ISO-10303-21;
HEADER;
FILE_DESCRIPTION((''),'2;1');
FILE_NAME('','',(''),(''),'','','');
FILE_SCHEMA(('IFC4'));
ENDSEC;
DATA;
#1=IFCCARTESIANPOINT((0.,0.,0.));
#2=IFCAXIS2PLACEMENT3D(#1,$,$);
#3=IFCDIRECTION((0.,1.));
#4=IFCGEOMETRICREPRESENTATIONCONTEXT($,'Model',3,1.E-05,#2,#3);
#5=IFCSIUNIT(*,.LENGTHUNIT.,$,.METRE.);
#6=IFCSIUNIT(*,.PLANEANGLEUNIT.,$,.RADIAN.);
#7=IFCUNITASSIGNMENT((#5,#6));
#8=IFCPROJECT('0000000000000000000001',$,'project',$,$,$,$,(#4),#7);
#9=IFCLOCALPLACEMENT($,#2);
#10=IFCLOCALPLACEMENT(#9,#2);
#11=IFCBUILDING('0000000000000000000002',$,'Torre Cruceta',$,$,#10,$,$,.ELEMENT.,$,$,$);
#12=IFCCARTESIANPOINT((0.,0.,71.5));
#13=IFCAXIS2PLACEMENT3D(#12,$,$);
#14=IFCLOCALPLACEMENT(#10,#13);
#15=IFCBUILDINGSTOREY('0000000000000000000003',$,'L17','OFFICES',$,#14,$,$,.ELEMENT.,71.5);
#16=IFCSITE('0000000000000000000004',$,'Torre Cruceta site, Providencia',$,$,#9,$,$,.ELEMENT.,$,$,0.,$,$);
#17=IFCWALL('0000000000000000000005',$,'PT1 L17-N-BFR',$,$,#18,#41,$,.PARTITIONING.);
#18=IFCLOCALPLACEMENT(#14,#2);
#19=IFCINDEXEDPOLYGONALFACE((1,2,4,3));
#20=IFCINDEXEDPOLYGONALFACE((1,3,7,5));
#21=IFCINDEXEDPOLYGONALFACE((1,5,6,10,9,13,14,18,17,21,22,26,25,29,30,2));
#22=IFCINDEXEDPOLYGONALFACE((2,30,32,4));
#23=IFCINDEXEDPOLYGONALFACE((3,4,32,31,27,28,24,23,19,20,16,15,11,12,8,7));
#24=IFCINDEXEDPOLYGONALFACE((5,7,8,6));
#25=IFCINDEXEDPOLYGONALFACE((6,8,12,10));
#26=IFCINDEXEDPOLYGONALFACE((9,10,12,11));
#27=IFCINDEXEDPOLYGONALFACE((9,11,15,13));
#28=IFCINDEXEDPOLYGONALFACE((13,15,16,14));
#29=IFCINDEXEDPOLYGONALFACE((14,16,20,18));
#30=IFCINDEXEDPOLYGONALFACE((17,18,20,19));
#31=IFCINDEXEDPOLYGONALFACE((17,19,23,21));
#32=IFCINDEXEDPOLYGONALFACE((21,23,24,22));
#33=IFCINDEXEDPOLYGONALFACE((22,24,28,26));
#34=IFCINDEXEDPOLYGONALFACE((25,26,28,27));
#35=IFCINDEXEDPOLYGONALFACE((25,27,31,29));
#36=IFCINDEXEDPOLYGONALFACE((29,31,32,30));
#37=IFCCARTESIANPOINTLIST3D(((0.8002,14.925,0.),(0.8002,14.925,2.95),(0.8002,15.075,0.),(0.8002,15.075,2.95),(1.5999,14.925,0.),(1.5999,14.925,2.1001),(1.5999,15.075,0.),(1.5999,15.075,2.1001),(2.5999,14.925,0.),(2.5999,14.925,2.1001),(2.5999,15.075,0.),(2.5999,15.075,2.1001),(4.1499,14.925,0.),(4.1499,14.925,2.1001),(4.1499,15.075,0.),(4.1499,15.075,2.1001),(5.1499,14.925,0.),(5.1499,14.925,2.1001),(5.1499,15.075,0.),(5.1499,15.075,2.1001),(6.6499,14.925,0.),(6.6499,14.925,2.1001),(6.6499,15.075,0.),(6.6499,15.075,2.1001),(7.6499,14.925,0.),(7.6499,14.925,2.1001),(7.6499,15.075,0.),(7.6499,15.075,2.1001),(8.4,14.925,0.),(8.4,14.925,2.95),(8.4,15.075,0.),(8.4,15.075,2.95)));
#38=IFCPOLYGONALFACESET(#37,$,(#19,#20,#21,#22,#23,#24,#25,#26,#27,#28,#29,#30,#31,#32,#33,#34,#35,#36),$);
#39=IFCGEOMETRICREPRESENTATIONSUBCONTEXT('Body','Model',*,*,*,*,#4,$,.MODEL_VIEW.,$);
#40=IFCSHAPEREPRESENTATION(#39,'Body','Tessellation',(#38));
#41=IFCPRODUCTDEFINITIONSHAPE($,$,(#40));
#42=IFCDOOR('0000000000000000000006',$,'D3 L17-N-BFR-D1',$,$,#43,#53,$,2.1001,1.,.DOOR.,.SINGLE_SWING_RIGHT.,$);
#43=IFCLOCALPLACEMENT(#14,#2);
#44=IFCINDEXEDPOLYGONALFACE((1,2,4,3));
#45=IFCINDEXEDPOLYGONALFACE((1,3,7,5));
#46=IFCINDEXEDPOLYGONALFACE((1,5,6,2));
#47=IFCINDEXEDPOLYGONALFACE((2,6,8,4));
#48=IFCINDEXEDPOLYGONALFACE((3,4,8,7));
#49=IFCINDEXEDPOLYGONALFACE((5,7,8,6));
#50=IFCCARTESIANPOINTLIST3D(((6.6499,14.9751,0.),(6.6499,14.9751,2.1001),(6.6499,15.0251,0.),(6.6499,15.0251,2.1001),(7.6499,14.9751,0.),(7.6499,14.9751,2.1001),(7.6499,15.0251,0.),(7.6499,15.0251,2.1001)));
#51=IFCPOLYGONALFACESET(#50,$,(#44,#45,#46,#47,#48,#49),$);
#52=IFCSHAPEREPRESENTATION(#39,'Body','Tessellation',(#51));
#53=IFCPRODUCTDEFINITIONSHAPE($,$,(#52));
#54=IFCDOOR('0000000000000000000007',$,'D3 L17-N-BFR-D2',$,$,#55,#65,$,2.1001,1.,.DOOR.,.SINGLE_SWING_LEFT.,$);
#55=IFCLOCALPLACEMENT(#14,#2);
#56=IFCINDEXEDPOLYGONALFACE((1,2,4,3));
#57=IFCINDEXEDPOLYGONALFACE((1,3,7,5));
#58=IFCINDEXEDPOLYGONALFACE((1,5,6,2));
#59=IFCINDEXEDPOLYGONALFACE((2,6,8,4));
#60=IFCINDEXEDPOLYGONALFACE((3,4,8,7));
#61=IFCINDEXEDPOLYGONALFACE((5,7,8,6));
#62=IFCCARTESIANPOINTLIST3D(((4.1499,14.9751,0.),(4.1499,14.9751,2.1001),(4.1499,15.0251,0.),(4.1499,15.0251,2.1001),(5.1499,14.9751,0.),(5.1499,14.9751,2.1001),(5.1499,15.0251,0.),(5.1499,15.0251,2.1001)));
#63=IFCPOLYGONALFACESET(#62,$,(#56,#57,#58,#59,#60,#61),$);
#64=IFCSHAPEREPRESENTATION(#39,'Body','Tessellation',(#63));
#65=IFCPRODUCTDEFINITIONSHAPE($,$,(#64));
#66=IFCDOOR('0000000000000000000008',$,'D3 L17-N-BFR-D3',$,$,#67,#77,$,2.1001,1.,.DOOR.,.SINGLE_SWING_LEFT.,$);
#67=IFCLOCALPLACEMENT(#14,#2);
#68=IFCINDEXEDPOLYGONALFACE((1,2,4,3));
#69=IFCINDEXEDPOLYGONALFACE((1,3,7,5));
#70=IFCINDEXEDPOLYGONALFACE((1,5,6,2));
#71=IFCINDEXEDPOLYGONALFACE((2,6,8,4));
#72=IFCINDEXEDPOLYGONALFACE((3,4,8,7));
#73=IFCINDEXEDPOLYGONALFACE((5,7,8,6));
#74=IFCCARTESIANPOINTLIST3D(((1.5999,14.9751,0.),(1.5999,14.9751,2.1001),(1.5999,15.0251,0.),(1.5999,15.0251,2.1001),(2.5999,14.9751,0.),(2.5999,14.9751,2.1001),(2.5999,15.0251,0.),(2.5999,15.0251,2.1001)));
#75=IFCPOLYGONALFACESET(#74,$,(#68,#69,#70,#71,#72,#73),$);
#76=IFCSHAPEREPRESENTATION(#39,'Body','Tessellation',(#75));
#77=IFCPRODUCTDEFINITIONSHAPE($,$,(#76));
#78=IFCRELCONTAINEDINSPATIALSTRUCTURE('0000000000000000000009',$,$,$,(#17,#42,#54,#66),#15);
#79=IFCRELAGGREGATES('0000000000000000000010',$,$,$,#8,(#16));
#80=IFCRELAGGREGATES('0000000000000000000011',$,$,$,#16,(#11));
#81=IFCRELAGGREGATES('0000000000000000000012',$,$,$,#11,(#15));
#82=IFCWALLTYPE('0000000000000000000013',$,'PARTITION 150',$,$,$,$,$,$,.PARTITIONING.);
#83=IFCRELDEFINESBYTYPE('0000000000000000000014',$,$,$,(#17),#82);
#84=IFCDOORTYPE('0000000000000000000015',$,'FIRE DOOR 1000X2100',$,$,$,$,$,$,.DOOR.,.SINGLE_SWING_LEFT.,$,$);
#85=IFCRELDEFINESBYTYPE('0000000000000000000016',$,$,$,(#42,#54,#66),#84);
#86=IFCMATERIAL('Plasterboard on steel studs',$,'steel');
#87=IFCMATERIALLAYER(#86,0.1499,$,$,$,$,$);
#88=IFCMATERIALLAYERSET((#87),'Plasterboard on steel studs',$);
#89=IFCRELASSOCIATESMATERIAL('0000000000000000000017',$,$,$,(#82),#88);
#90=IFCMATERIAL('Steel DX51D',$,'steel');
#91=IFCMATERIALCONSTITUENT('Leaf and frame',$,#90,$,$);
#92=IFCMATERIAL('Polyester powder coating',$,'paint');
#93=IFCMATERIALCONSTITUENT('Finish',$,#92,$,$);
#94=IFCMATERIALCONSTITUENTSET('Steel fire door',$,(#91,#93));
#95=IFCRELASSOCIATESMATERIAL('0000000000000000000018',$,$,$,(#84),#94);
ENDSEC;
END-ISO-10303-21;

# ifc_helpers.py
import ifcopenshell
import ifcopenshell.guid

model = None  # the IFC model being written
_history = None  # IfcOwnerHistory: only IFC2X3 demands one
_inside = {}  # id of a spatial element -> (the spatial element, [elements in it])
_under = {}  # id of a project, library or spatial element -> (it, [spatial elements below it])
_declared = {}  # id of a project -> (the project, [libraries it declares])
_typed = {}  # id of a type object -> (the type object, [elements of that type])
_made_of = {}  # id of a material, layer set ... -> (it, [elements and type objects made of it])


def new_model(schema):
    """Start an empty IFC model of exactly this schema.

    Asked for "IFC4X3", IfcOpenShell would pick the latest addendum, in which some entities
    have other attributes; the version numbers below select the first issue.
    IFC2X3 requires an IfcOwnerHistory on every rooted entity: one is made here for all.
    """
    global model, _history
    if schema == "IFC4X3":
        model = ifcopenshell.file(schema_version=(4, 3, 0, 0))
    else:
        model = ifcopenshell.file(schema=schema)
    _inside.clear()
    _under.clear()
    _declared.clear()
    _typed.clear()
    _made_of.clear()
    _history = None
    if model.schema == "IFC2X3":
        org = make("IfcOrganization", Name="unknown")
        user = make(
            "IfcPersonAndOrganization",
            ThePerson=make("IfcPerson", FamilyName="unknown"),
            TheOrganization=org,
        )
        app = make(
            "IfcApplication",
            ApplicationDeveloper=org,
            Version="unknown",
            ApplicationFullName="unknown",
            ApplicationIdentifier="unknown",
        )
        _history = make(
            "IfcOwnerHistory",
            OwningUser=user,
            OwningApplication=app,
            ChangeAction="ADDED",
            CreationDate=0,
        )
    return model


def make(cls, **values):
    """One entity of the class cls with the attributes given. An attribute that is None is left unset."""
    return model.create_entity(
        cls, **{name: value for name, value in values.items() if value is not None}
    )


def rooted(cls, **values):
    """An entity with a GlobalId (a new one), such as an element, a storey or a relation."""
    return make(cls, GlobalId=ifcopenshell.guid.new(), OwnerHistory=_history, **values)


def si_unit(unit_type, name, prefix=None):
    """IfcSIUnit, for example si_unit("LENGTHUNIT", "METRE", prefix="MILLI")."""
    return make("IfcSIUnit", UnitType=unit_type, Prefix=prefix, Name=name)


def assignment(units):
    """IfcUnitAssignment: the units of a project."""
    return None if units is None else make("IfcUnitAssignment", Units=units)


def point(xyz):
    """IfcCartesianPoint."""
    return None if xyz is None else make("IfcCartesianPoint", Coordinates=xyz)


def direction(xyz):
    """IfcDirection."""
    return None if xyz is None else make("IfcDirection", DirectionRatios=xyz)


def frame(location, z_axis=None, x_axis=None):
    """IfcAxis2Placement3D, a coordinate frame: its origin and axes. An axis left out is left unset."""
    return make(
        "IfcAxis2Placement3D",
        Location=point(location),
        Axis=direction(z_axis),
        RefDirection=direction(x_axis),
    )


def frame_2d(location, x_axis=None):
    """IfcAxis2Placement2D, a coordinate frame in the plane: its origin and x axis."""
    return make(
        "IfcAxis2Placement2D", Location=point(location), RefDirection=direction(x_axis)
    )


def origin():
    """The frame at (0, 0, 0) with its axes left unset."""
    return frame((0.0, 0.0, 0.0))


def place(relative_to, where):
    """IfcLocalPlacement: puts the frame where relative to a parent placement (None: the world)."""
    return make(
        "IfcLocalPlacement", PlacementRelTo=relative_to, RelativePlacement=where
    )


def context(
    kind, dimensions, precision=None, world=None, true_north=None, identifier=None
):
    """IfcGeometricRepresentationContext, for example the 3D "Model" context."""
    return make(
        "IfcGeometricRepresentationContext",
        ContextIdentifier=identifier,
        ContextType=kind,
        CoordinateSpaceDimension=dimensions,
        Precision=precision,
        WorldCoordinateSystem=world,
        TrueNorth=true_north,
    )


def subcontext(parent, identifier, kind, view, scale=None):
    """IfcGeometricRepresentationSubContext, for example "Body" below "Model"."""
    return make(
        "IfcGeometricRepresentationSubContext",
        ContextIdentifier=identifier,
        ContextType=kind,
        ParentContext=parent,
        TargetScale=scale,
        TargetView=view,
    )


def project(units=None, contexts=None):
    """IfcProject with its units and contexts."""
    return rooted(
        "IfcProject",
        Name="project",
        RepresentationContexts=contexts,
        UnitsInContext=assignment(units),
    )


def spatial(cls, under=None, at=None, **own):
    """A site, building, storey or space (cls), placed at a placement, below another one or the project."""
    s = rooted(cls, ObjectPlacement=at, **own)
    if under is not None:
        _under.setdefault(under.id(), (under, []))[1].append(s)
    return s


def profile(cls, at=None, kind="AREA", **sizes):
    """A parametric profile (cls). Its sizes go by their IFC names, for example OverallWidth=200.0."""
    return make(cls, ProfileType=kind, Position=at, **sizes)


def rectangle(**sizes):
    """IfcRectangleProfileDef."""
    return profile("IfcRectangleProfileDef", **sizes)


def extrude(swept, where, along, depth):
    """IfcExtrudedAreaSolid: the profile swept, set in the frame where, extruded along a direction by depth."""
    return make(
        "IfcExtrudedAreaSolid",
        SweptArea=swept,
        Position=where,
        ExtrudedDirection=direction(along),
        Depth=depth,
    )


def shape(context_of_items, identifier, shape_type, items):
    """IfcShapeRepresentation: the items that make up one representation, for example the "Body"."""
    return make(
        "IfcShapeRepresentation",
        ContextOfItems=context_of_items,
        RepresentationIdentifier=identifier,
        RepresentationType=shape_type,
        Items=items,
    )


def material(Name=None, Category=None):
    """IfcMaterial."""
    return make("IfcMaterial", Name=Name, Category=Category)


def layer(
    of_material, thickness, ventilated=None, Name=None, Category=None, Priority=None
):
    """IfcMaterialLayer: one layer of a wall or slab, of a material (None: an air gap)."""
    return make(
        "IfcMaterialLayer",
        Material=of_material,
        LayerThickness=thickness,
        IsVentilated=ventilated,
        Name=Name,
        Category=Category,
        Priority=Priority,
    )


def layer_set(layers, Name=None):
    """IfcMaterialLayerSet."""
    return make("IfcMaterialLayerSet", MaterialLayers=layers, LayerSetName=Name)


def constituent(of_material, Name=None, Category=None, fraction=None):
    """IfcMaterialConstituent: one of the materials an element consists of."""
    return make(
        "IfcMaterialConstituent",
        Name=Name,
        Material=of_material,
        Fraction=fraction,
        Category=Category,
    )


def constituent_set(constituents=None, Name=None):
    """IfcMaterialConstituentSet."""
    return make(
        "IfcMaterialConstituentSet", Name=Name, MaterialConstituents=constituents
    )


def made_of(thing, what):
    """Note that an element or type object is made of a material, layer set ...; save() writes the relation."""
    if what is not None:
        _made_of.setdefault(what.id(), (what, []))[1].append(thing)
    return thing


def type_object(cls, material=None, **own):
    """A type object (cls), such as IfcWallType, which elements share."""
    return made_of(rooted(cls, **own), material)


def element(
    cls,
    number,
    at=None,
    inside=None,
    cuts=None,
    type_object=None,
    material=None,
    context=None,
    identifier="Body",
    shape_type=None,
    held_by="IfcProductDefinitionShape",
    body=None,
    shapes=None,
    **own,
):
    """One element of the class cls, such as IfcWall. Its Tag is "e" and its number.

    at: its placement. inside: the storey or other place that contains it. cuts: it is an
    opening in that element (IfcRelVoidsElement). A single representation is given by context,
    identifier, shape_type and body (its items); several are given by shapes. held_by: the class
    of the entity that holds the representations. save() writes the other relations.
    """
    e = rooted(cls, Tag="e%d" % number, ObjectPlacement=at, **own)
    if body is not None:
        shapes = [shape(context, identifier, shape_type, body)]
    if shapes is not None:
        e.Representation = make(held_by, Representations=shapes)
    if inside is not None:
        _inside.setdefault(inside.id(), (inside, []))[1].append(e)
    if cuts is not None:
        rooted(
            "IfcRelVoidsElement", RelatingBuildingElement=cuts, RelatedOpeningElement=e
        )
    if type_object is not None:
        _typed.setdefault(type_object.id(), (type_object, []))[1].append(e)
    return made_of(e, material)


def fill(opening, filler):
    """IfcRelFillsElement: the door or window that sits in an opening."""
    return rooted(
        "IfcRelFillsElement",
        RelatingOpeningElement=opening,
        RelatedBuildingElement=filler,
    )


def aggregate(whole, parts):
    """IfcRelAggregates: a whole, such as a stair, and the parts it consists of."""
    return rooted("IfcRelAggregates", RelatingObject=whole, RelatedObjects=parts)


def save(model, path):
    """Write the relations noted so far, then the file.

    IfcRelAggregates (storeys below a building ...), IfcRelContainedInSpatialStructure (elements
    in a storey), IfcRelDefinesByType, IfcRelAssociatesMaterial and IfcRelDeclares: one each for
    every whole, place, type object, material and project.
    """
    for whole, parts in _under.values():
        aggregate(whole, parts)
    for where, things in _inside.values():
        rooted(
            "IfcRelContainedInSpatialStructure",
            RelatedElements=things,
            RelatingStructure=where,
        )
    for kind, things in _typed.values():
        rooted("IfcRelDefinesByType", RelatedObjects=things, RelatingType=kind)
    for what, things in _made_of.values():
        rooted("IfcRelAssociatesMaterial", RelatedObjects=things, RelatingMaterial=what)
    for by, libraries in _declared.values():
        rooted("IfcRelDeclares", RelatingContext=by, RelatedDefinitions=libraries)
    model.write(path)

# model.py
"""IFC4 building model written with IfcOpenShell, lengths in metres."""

from ifc_helpers import new_model, si_unit, direction, frame, frame_2d, origin, place, context, subcontext, project, spatial, rectangle, extrude, material, layer, layer_set, constituent, constituent_set, type_object, element, fill, save


model = new_model("IFC4")

# Units and contexts
model_context = context("Model", 3, precision=1e-05, world=origin(), true_north=direction((0.0, 1.0)))
body_context = subcontext(model_context, "Body", "Model", "MODEL_VIEW")
ifc_project = project(units=[si_unit("LENGTHUNIT", "METRE"), si_unit("PLANEANGLEUNIT", "RADIAN")], contexts=[model_context])

# Site, building, storey
site_placement = place(None, origin())
site = spatial("IfcSite", under=ifc_project, at=site_placement, Name="Torre Cruceta site, Providencia", CompositionType="ELEMENT", RefElevation=0.0)
building_placement = place(site_placement, origin())
building = spatial("IfcBuilding", under=site, at=building_placement, Name="Torre Cruceta", CompositionType="ELEMENT")
storey_placement = place(building_placement, frame((0.0, 0.0, 71.5)))
storey = spatial("IfcBuildingStorey", under=building, at=storey_placement, Name="L17", Description="OFFICES", CompositionType="ELEMENT", Elevation=71.5)

# Wall, openings, doors
ifc_material_1 = material(Name="Plasterboard on steel studs", Category="steel")
ifc_layer_1 = layer(ifc_material_1, 0.1499)
ifc_layer_set_1 = layer_set([ifc_layer_1], Name="Plasterboard on steel studs")
wall_type_1 = type_object("IfcWallType", Name="PARTITION 150", PredefinedType="PARTITIONING", material=ifc_layer_set_1)
wall_1_placement = place(storey_placement, frame((8.3999, 15.0, 0.0), z_axis=(0.0, 0.0, 1.0), x_axis=(-1.0, 0.0, 0.0)))
wall_1 = element("IfcWall", 1, at=wall_1_placement, inside=storey, type_object=wall_type_1, Name="PT1 L17-N-BFR", PredefinedType="PARTITIONING", context=body_context, shape_type="SweptSolid", body=[
    extrude(rectangle(XDim=7.5999, YDim=0.1499, at=frame_2d((3.7998, 0.0))), origin(), (0.0, 0.0, 1.0), 2.95),
])
opening_1_placement = place(wall_1_placement, frame((0.75, 0.0, 0.0)))
opening_1 = element("IfcOpeningElement", 2, at=opening_1_placement, cuts=wall_1, PredefinedType="OPENING", context=body_context, shape_type="SweptSolid", body=[
    extrude(rectangle(XDim=1.0, YDim=2.1001, at=frame_2d((0.5, 1.05))), frame((0.0, 0.085, 0.0), z_axis=(0.0, -1.0, 0.0), x_axis=(1.0, 0.0, 0.0)), (0.0, 0.0, 1.0), 0.1699),
])
opening_2_placement = place(wall_1_placement, frame((3.25, 0.0, 0.0)))
opening_2 = element("IfcOpeningElement", 3, at=opening_2_placement, cuts=wall_1, PredefinedType="OPENING", context=body_context, shape_type="SweptSolid", body=[
    extrude(rectangle(XDim=1.0, YDim=2.1001, at=frame_2d((0.5, 1.05))), frame((0.0, 0.085, 0.0), z_axis=(0.0, -1.0, 0.0), x_axis=(1.0, 0.0, 0.0)), (0.0, 0.0, 1.0), 0.1699),
])
opening_3_placement = place(wall_1_placement, frame((5.8, 0.0, 0.0)))
opening_3 = element("IfcOpeningElement", 4, at=opening_3_placement, cuts=wall_1, PredefinedType="OPENING", context=body_context, shape_type="SweptSolid", body=[
    extrude(rectangle(XDim=1.0, YDim=2.1001, at=frame_2d((0.5, 1.05))), frame((0.0, 0.085, 0.0), z_axis=(0.0, -1.0, 0.0), x_axis=(1.0, 0.0, 0.0)), (0.0, 0.0, 1.0), 0.1699),
])
ifc_material_2 = material(Name="Steel DX51D", Category="steel")
ifc_constituent_1 = constituent(ifc_material_2, Name="Leaf and frame")
ifc_material_3 = material(Name="Polyester powder coating", Category="paint")
ifc_constituent_2 = constituent(ifc_material_3, Name="Finish")
ifc_constituent_set_1 = constituent_set(constituents=[ifc_constituent_1, ifc_constituent_2], Name="Steel fire door")
door_type_1 = type_object("IfcDoorType", Name="FIRE DOOR 1000X2100", OperationType="SINGLE_SWING_LEFT", PredefinedType="DOOR", material=ifc_constituent_set_1)
door_1_placement = place(opening_1_placement, origin())
door_1 = element("IfcDoor", 5, at=door_1_placement, inside=storey, type_object=door_type_1, Name="D3 L17-N-BFR-D1", OperationType="SINGLE_SWING_RIGHT", OverallHeight=2.1001, OverallWidth=1.0, PredefinedType="DOOR", context=body_context, shape_type="SweptSolid", body=[
    extrude(rectangle(XDim=1.0, YDim=2.1001, at=frame_2d((0.5, 1.05))), frame((0.0, 0.0249, 0.0), z_axis=(0.0, -1.0, 0.0), x_axis=(1.0, 0.0, 0.0)), (0.0, 0.0, 1.0), 0.05),
])
fill(opening_1, door_1)
door_2_placement = place(opening_2_placement, origin())
door_2 = element("IfcDoor", 6, at=door_2_placement, inside=storey, type_object=door_type_1, Name="D3 L17-N-BFR-D2", OperationType="SINGLE_SWING_LEFT", OverallHeight=2.1001, OverallWidth=1.0, PredefinedType="DOOR", context=body_context, shape_type="SweptSolid", body=[
    extrude(rectangle(XDim=1.0, YDim=2.1001, at=frame_2d((0.5, 1.05))), frame((0.0, 0.0249, 0.0), z_axis=(0.0, -1.0, 0.0), x_axis=(1.0, 0.0, 0.0)), (0.0, 0.0, 1.0), 0.05),
])
fill(opening_2, door_2)
door_3_placement = place(opening_3_placement, origin())
door_3 = element("IfcDoor", 7, at=door_3_placement, inside=storey, type_object=door_type_1, Name="D3 L17-N-BFR-D3", OperationType="SINGLE_SWING_LEFT", OverallHeight=2.1001, OverallWidth=1.0, PredefinedType="DOOR", context=body_context, shape_type="SweptSolid", body=[
    extrude(rectangle(XDim=1.0, YDim=2.1001, at=frame_2d((0.5, 1.05))), frame((0.0, 0.0249, 0.0), z_axis=(0.0, -1.0, 0.0), x_axis=(1.0, 0.0, 0.0)), (0.0, 0.0, 1.0), 0.05),
])
fill(opening_3, door_3)

save(model, "model.ifc")
